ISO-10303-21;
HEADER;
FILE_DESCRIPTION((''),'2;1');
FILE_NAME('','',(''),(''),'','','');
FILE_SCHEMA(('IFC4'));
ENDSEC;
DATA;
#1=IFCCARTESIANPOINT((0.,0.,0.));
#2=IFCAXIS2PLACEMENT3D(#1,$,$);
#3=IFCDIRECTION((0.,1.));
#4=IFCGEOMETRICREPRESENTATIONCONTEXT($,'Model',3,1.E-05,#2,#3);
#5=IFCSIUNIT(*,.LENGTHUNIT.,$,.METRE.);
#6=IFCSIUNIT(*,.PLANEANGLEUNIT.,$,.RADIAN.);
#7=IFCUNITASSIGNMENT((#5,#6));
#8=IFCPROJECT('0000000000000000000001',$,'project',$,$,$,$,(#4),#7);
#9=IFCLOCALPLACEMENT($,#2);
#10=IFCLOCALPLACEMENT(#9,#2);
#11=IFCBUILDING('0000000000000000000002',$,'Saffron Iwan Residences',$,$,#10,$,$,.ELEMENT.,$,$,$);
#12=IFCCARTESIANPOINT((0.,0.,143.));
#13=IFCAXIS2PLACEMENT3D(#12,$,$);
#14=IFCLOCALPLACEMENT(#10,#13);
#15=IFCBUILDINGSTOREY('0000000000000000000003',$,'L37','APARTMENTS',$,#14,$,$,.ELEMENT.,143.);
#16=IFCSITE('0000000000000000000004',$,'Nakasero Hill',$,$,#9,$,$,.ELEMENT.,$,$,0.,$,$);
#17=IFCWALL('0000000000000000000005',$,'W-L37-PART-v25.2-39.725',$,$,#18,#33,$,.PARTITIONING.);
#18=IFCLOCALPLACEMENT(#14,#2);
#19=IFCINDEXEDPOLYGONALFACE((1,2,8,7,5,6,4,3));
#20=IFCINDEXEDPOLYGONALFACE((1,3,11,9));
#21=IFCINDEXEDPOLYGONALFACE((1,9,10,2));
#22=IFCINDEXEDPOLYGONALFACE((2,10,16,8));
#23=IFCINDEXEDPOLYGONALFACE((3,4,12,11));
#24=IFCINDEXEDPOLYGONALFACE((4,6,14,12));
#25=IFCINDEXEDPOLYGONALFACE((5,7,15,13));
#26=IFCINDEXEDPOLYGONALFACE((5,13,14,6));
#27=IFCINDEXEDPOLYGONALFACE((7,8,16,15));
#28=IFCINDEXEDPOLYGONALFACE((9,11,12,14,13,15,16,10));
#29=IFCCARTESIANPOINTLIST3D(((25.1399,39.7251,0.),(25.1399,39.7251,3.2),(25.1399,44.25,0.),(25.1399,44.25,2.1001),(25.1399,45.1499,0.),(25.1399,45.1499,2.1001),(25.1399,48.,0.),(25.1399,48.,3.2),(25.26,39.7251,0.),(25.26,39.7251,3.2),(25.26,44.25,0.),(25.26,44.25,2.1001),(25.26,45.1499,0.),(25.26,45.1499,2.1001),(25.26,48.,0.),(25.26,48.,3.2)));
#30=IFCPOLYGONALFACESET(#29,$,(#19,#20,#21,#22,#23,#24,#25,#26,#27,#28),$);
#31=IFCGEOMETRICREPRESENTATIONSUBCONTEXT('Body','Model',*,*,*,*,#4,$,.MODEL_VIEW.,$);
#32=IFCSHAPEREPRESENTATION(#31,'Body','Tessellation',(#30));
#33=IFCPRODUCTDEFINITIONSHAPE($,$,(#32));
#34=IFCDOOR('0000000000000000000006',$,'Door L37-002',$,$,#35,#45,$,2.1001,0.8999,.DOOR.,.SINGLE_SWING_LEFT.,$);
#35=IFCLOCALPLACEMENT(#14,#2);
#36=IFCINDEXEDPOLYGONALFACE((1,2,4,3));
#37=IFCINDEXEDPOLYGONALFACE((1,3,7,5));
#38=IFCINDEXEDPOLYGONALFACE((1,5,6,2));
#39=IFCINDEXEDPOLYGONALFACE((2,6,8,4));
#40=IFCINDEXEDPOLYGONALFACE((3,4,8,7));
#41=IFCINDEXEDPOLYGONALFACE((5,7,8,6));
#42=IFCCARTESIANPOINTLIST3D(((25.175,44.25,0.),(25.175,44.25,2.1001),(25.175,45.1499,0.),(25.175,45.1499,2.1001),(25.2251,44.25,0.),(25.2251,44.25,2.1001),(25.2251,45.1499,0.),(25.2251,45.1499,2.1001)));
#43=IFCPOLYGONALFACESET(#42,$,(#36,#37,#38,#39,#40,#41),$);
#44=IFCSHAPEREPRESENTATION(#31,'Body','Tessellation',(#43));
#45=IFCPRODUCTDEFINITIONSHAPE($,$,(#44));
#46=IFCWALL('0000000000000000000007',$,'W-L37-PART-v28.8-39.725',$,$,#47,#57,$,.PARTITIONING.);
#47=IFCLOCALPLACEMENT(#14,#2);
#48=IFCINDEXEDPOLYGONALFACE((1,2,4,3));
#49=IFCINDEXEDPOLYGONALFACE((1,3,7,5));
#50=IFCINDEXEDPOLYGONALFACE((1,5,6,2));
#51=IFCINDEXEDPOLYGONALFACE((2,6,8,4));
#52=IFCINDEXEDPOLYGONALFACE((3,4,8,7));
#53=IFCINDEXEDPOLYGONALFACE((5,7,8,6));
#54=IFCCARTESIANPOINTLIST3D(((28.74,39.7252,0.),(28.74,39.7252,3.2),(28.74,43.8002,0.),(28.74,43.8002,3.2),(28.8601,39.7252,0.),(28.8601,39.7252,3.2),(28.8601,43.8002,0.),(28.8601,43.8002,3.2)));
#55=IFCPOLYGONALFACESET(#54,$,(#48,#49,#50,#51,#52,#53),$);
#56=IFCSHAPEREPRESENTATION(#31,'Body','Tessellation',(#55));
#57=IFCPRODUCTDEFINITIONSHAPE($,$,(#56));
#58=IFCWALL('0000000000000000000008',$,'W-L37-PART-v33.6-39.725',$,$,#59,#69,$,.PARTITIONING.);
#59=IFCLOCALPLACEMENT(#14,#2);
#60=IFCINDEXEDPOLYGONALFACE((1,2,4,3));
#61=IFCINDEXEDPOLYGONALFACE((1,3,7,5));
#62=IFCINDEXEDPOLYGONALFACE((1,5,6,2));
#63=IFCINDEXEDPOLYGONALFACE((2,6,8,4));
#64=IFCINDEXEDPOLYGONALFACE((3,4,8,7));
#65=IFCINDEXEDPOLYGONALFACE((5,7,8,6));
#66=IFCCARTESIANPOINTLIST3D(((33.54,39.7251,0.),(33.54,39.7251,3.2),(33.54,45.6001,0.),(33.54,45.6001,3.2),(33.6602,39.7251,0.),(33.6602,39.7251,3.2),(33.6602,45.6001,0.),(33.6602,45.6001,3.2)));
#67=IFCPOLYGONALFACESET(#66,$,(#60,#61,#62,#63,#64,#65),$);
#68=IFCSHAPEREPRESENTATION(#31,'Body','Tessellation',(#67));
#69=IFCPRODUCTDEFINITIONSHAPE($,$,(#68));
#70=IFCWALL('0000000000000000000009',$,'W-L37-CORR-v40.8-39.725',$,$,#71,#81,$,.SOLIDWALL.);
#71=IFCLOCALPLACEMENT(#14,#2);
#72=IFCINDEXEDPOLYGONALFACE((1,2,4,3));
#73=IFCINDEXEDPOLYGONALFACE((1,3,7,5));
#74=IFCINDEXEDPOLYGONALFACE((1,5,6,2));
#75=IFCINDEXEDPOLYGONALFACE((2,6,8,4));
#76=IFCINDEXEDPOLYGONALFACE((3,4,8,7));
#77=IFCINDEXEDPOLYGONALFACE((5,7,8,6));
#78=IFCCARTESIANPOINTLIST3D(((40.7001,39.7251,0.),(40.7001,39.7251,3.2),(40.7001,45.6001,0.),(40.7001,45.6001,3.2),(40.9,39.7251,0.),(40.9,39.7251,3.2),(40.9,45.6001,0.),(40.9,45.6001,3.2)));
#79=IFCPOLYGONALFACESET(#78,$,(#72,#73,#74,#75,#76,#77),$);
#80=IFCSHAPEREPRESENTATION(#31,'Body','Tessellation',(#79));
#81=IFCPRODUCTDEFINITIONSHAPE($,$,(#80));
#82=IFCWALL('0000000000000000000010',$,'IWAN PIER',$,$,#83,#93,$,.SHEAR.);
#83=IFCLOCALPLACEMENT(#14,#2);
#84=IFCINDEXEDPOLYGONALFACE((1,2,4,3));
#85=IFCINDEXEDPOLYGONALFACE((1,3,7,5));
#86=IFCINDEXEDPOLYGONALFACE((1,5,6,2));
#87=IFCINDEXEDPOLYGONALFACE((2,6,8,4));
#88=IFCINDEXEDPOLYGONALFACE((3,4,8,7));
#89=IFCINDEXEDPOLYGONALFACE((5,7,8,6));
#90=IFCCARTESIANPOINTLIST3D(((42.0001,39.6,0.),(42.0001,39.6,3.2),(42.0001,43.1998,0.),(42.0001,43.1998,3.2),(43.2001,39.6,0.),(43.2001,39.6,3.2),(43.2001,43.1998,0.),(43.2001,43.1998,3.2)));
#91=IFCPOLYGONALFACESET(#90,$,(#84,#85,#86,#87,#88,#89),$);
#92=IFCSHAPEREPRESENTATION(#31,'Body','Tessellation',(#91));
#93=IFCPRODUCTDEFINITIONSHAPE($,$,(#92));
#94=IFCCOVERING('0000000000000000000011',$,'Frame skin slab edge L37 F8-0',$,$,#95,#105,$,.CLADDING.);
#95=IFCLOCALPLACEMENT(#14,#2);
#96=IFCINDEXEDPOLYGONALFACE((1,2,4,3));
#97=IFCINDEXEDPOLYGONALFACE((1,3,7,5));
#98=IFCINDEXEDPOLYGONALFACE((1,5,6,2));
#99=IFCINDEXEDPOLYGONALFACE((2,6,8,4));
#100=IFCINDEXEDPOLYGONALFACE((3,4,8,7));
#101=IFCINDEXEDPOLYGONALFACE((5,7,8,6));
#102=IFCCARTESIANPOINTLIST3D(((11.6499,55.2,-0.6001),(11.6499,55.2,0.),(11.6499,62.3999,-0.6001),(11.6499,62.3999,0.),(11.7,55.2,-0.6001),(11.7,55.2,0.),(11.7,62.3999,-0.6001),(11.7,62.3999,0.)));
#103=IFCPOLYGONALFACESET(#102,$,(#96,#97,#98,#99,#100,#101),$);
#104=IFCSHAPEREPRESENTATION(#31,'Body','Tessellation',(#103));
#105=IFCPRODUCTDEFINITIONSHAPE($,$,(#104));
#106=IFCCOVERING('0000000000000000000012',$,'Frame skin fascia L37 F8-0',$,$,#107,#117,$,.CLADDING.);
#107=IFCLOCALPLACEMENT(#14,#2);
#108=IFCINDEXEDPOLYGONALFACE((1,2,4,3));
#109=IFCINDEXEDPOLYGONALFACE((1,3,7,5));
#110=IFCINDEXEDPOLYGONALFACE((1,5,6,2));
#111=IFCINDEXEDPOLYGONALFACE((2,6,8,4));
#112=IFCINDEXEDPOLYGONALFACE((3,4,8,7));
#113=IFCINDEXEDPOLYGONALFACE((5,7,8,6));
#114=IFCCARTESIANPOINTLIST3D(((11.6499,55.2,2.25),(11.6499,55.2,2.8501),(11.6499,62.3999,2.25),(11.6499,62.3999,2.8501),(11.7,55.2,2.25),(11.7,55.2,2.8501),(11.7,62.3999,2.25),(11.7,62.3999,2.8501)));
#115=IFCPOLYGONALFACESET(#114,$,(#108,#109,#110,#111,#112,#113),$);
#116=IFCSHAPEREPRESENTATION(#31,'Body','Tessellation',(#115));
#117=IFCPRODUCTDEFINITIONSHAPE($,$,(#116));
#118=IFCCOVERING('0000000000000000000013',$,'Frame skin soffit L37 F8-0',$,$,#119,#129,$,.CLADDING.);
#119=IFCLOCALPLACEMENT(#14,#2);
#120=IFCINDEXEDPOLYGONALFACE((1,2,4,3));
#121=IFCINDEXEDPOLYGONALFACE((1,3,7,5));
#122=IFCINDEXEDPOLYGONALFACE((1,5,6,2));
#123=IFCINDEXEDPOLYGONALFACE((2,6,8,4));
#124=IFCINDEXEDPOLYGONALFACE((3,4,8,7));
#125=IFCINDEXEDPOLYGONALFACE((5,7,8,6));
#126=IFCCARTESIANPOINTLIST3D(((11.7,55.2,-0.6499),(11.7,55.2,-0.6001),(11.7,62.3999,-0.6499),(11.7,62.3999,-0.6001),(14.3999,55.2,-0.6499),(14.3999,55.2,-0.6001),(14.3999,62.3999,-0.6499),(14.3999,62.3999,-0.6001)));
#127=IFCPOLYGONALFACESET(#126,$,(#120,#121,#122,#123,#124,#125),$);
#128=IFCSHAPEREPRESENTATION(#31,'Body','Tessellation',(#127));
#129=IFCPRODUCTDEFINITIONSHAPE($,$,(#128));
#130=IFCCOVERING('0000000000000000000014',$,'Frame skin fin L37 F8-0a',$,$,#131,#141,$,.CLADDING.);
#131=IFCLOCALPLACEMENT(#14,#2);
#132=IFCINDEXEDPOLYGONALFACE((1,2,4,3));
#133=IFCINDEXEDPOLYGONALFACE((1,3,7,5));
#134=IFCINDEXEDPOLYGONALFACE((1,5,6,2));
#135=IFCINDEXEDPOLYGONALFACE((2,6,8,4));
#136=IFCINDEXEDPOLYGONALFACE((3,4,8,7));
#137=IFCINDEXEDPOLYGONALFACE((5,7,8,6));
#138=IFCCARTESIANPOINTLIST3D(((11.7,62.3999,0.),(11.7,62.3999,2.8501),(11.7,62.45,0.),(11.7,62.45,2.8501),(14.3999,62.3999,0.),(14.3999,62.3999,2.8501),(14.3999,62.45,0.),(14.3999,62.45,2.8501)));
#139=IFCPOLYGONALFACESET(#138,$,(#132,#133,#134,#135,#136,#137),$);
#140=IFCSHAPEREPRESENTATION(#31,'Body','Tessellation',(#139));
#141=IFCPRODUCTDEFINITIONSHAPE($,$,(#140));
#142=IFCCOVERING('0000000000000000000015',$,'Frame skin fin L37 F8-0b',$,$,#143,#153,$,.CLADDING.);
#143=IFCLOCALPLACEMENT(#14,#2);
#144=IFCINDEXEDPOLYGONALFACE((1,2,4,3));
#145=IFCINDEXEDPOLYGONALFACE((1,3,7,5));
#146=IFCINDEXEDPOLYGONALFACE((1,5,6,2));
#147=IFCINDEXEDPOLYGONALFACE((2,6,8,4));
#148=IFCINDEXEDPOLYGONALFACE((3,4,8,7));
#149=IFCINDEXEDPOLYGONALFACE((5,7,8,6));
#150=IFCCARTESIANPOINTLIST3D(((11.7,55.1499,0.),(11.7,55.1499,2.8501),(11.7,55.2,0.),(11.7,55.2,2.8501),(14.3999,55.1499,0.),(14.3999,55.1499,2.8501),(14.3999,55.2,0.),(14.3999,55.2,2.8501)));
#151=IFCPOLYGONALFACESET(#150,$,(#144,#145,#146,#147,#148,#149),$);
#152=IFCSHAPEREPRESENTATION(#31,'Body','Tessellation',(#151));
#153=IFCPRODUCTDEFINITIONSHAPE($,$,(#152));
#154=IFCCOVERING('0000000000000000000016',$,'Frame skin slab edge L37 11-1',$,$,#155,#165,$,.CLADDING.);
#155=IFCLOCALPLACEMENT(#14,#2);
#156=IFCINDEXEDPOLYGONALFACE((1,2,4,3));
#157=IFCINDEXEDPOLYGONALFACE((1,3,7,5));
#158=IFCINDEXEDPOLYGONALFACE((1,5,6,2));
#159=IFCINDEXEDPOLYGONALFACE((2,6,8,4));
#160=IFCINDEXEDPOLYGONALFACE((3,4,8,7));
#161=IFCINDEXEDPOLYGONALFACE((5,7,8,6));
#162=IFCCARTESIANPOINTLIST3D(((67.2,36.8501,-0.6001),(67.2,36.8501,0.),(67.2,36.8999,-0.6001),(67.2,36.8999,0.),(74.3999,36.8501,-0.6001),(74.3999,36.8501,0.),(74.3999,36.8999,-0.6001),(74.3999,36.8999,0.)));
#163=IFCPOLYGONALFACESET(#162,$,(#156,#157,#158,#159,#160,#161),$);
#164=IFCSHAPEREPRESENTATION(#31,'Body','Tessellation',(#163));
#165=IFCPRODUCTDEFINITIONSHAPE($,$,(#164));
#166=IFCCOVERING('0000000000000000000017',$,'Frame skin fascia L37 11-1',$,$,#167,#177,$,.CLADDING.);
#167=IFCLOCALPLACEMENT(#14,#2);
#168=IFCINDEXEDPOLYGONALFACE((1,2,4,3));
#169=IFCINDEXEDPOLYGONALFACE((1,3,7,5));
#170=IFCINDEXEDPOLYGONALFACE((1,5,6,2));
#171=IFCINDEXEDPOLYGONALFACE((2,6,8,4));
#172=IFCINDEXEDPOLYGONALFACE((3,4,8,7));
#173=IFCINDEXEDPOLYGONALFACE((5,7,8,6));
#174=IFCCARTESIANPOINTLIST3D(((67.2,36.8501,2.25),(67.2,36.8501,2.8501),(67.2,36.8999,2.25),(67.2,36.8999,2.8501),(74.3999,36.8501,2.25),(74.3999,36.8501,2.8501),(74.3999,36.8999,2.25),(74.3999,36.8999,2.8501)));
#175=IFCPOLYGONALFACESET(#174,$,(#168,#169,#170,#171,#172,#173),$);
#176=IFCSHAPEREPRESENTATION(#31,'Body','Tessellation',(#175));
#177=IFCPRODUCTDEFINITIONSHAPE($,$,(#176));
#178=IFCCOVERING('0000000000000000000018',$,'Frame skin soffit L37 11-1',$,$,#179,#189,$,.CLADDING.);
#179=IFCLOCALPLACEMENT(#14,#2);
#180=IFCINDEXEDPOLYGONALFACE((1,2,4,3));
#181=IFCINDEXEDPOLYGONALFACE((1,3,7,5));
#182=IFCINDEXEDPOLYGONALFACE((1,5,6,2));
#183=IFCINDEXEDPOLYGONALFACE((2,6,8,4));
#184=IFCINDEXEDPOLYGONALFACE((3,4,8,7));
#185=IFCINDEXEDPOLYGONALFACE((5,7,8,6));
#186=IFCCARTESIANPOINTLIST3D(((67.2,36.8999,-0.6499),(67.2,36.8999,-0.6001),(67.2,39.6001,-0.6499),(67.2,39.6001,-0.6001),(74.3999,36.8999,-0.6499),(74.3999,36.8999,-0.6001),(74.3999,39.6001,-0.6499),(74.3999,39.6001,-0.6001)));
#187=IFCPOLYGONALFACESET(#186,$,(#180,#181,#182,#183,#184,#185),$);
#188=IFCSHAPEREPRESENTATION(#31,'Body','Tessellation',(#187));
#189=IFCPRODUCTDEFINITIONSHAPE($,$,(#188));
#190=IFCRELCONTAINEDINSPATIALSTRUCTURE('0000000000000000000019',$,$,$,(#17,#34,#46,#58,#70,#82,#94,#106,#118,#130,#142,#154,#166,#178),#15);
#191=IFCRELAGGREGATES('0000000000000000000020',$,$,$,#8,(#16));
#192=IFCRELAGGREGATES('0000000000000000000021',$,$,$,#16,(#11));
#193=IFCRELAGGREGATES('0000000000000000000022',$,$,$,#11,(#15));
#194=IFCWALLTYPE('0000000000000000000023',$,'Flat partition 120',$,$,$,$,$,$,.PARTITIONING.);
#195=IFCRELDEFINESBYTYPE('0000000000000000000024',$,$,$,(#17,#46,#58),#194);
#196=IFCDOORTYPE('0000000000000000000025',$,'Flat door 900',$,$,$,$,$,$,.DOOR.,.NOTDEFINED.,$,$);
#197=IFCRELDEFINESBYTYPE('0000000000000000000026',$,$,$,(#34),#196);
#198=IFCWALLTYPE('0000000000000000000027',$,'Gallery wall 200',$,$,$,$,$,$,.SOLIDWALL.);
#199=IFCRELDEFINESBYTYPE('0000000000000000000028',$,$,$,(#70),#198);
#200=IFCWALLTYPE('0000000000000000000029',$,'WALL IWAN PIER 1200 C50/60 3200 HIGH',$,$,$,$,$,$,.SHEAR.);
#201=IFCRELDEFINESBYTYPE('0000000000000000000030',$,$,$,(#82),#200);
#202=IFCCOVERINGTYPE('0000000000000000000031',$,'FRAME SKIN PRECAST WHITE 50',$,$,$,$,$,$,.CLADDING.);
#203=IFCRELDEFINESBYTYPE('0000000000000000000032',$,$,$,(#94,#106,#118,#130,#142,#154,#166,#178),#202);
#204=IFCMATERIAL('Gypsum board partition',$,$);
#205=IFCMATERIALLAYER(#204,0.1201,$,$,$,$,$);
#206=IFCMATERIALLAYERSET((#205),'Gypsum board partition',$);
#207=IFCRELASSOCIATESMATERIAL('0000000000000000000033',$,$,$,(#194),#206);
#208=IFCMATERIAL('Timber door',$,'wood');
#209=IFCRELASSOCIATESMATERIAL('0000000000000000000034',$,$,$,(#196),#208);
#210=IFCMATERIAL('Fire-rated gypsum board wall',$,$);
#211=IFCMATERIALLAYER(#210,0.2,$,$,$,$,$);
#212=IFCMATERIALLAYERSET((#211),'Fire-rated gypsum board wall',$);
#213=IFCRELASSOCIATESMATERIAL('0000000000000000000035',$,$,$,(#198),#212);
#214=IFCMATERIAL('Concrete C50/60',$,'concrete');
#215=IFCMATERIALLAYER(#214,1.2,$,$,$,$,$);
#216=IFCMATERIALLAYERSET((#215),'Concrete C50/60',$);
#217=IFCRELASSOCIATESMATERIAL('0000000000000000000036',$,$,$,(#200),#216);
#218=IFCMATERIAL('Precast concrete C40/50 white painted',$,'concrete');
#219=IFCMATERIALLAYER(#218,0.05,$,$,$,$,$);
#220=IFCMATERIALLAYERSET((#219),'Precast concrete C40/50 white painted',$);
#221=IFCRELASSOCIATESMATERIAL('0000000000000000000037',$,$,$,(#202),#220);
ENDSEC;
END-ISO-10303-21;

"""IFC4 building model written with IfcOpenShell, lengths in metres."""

from ifc_helpers import new_model, si_unit, direction, frame, frame_2d, origin, place, context, subcontext, project, spatial, polyline, rectangle, outline, extrude, material, layer, layer_set, type_object, element, fill, save


model = new_model("IFC4")

# Units and contexts
model_context = context("Model", 3, precision=1e-05, world=origin(), true_north=direction((0.0, 1.0)))
body_context = subcontext(model_context, "Body", "Model", "MODEL_VIEW")
ifc_project = project(units=[si_unit("LENGTHUNIT", "METRE"), si_unit("PLANEANGLEUNIT", "RADIAN")], contexts=[model_context])

# Site, building, storey
site_placement = place(None, origin())
site = spatial("IfcSite", under=ifc_project, at=site_placement, Name="Nakasero Hill", CompositionType="ELEMENT", RefElevation=0.0)
building_placement = place(site_placement, origin())
building = spatial("IfcBuilding", under=site, at=building_placement, Name="Saffron Iwan Residences", CompositionType="ELEMENT")
storey_placement = place(building_placement, frame((0.0, 0.0, 143.0)))
storey = spatial("IfcBuildingStorey", under=building, at=storey_placement, Name="L37", Description="APARTMENTS", CompositionType="ELEMENT", Elevation=143.0)

# Shared definitions
ifc_material_1 = material(Name="Concrete C50/60", Category="concrete")

# Wall, opening, door
ifc_material_2 = material(Name="Gypsum board partition")
ifc_layer_1 = layer(ifc_material_2, 0.1201)
ifc_layer_set_1 = layer_set([ifc_layer_1], Name="Gypsum board partition")
wall_type_1 = type_object("IfcWallType", Name="Flat partition 120", PredefinedType="PARTITIONING", material=ifc_layer_set_1)
wall_1_placement = place(storey_placement, frame((25.2, 39.7251, 0.0), z_axis=(0.0, 0.0, 1.0), x_axis=(0.0, 1.0, 0.0)))
wall_1 = element("IfcWall", 1, at=wall_1_placement, inside=storey, type_object=wall_type_1, Name="W-L37-PART-v25.2-39.725", PredefinedType="PARTITIONING", context=body_context, shape_type="SweptSolid", body=[
    extrude(rectangle(XDim=8.2749, YDim=0.1201, at=frame_2d((4.1375, 0.0))), origin(), (0.0, 0.0, 1.0), 3.2),
])
opening_1_placement = place(wall_1_placement, frame((4.5249, 0.0, 0.0)))
opening_1 = element("IfcOpeningElement", 2, at=opening_1_placement, cuts=wall_1, PredefinedType="OPENING", context=body_context, shape_type="SweptSolid", body=[
    extrude(rectangle(XDim=0.8999, YDim=2.1001, at=frame_2d((0.45, 1.05))), frame((0.0, 0.0701, 0.0), z_axis=(0.0, -1.0, 0.0), x_axis=(1.0, 0.0, 0.0)), (0.0, 0.0, 1.0), 0.1401),
])
ifc_material_3 = material(Name="Timber door", Category="wood")
door_type = type_object("IfcDoorType", Name="Flat door 900", OperationType="NOTDEFINED", PredefinedType="DOOR", material=ifc_material_3)
door_placement = place(opening_1_placement, origin())
door = element("IfcDoor", 3, at=door_placement, inside=storey, type_object=door_type, Name="Door L37-002", OperationType="SINGLE_SWING_LEFT", OverallHeight=2.1001, OverallWidth=0.8999, PredefinedType="DOOR", context=body_context, shape_type="SweptSolid", body=[
    extrude(rectangle(XDim=0.8999, YDim=2.1001, at=frame_2d((0.45, 1.05))), frame((0.0, 0.0249, 0.0), z_axis=(0.0, -1.0, 0.0), x_axis=(1.0, 0.0, 0.0)), (0.0, 0.0, 1.0), 0.05),
])
fill(opening_1, door)

# Walls
wall_2_placement = place(storey_placement, frame((28.8, 39.7251, 0.0), z_axis=(0.0, 0.0, 1.0), x_axis=(0.0, 1.0, 0.0)))
element("IfcWall", 4, at=wall_2_placement, inside=storey, type_object=wall_type_1, Name="W-L37-PART-v28.8-39.725", PredefinedType="PARTITIONING", context=body_context, shape_type="SweptSolid", body=[
    extrude(rectangle(XDim=4.075, YDim=0.1201, at=frame_2d((2.0376, 0.0))), origin(), (0.0, 0.0, 1.0), 3.2),
])
wall_3_placement = place(storey_placement, frame((33.6001, 39.7251, 0.0), z_axis=(0.0, 0.0, 1.0), x_axis=(0.0, 1.0, 0.0)))
element("IfcWall", 5, at=wall_3_placement, inside=storey, type_object=wall_type_1, Name="W-L37-PART-v33.6-39.725", PredefinedType="PARTITIONING", context=body_context, shape_type="SweptSolid", body=[
    extrude(rectangle(XDim=5.875, YDim=0.1201, at=frame_2d((2.9375, 0.0))), origin(), (0.0, 0.0, 1.0), 3.2),
])
ifc_material_4 = material(Name="Fire-rated gypsum board wall")
ifc_layer_2 = layer(ifc_material_4, 0.2)
ifc_layer_set_2 = layer_set([ifc_layer_2], Name="Fire-rated gypsum board wall")
wall_type_2 = type_object("IfcWallType", Name="Gallery wall 200", PredefinedType="SOLIDWALL", material=ifc_layer_set_2)
wall_4_placement = place(storey_placement, frame((40.8, 39.7251, 0.0), z_axis=(0.0, 0.0, 1.0), x_axis=(0.0, 1.0, 0.0)))
element("IfcWall", 6, at=wall_4_placement, inside=storey, type_object=wall_type_2, Name="W-L37-CORR-v40.8-39.725", PredefinedType="SOLIDWALL", context=body_context, shape_type="SweptSolid", body=[
    extrude(rectangle(XDim=5.875, YDim=0.2, at=frame_2d((2.9375, 0.0))), origin(), (0.0, 0.0, 1.0), 3.2),
])
ifc_layer_3 = layer(ifc_material_1, 1.2)
ifc_layer_set_3 = layer_set([ifc_layer_3], Name="Concrete C50/60")
wall_type_3 = type_object("IfcWallType", Name="WALL IWAN PIER 1200 C50/60 3200 HIGH", PredefinedType="SHEAR", material=ifc_layer_set_3)
wall_5_placement = place(storey_placement, frame((42.6001, 39.6001, 0.0), z_axis=(0.0, 0.0, 1.0), x_axis=(0.0, 1.0, 0.0)))
element("IfcWall", 7, at=wall_5_placement, inside=storey, type_object=wall_type_3, Name="IWAN PIER", PredefinedType="SHEAR", context=body_context, shape_type="SweptSolid", body=[
    extrude(rectangle(XDim=3.5999, YDim=1.2, at=frame_2d((1.7998, 0.0))), origin(), (0.0, 0.0, 1.0), 3.2),
])

# Coverings
ifc_material_5 = material(Name="Precast concrete C40/50 white painted", Category="concrete")
ifc_layer_4 = layer(ifc_material_5, 0.05)
ifc_layer_set_4 = layer_set([ifc_layer_4], Name="Precast concrete C40/50 white painted")
covering_type_1 = type_object("IfcCoveringType", Name="FRAME SKIN PRECAST WHITE 50", PredefinedType="CLADDING", material=ifc_layer_set_4)
for number, where, name in (
    (8, (0.0, 0.0, -0.6001), "Frame skin slab edge L37 F8-0"),
    (9, (0.0, 0.0, 2.25), "Frame skin fascia L37 F8-0"),
):
    element("IfcCovering", number, at=place(storey_placement, frame(where)), inside=storey, type_object=covering_type_1, Name=name, PredefinedType="CLADDING", context=body_context, shape_type="SweptSolid", body=[
        extrude(outline(polyline([(11.6499, 62.3999), (11.6499, 55.2), (11.7, 55.2), (11.7, 62.3999), (11.6499, 62.3999)])), origin(), (0.0, 0.0, 1.0), 0.6001),
    ])
covering_1_placement = place(storey_placement, frame((0.0, 0.0, -0.6499)))
element("IfcCovering", 10, at=covering_1_placement, inside=storey, type_object=covering_type_1, Name="Frame skin soffit L37 F8-0", PredefinedType="CLADDING", context=body_context, shape_type="SweptSolid", body=[
    extrude(outline(polyline([(11.7, 62.3999), (11.7, 55.2), (14.3999, 55.2), (14.3999, 62.3999), (11.7, 62.3999)])), origin(), (0.0, 0.0, 1.0), 0.0498),
])
covering_2_placement = place(storey_placement, origin())
element("IfcCovering", 11, at=covering_2_placement, inside=storey, type_object=covering_type_1, Name="Frame skin fin L37 F8-0a", PredefinedType="CLADDING", context=body_context, shape_type="SweptSolid", body=[
    extrude(outline(polyline([(11.7, 62.45), (11.7, 62.3999), (14.3999, 62.3999), (14.3999, 62.45), (11.7, 62.45)])), origin(), (0.0, 0.0, 1.0), 2.8501),
])
covering_3_placement = place(storey_placement, origin())
element("IfcCovering", 12, at=covering_3_placement, inside=storey, type_object=covering_type_1, Name="Frame skin fin L37 F8-0b", PredefinedType="CLADDING", context=body_context, shape_type="SweptSolid", body=[
    extrude(outline(polyline([(11.7, 55.2), (11.7, 55.1499), (14.3999, 55.1499), (14.3999, 55.2), (11.7, 55.2)])), origin(), (0.0, 0.0, 1.0), 2.8501),
])
for number, where, name in (
    (13, (0.0, 0.0, -0.6001), "Frame skin slab edge L37 11-1"),
    (14, (0.0, 0.0, 2.25), "Frame skin fascia L37 11-1"),
):
    element("IfcCovering", number, at=place(storey_placement, frame(where)), inside=storey, type_object=covering_type_1, Name=name, PredefinedType="CLADDING", context=body_context, shape_type="SweptSolid", body=[
        extrude(outline(polyline([(67.2, 36.8501), (74.3999, 36.8501), (74.3999, 36.8999), (67.2, 36.8999), (67.2, 36.8501)])), origin(), (0.0, 0.0, 1.0), 0.6001),
    ])
covering_4_placement = place(storey_placement, frame((0.0, 0.0, -0.6499)))
element("IfcCovering", 15, at=covering_4_placement, inside=storey, type_object=covering_type_1, Name="Frame skin soffit L37 11-1", PredefinedType="CLADDING", context=body_context, shape_type="SweptSolid", body=[
    extrude(outline(polyline([(67.2, 36.8999), (74.3999, 36.8999), (74.3999, 39.6001), (67.2, 39.6001), (67.2, 36.8999)])), origin(), (0.0, 0.0, 1.0), 0.0498),
])

save(model, "model.ifc")
